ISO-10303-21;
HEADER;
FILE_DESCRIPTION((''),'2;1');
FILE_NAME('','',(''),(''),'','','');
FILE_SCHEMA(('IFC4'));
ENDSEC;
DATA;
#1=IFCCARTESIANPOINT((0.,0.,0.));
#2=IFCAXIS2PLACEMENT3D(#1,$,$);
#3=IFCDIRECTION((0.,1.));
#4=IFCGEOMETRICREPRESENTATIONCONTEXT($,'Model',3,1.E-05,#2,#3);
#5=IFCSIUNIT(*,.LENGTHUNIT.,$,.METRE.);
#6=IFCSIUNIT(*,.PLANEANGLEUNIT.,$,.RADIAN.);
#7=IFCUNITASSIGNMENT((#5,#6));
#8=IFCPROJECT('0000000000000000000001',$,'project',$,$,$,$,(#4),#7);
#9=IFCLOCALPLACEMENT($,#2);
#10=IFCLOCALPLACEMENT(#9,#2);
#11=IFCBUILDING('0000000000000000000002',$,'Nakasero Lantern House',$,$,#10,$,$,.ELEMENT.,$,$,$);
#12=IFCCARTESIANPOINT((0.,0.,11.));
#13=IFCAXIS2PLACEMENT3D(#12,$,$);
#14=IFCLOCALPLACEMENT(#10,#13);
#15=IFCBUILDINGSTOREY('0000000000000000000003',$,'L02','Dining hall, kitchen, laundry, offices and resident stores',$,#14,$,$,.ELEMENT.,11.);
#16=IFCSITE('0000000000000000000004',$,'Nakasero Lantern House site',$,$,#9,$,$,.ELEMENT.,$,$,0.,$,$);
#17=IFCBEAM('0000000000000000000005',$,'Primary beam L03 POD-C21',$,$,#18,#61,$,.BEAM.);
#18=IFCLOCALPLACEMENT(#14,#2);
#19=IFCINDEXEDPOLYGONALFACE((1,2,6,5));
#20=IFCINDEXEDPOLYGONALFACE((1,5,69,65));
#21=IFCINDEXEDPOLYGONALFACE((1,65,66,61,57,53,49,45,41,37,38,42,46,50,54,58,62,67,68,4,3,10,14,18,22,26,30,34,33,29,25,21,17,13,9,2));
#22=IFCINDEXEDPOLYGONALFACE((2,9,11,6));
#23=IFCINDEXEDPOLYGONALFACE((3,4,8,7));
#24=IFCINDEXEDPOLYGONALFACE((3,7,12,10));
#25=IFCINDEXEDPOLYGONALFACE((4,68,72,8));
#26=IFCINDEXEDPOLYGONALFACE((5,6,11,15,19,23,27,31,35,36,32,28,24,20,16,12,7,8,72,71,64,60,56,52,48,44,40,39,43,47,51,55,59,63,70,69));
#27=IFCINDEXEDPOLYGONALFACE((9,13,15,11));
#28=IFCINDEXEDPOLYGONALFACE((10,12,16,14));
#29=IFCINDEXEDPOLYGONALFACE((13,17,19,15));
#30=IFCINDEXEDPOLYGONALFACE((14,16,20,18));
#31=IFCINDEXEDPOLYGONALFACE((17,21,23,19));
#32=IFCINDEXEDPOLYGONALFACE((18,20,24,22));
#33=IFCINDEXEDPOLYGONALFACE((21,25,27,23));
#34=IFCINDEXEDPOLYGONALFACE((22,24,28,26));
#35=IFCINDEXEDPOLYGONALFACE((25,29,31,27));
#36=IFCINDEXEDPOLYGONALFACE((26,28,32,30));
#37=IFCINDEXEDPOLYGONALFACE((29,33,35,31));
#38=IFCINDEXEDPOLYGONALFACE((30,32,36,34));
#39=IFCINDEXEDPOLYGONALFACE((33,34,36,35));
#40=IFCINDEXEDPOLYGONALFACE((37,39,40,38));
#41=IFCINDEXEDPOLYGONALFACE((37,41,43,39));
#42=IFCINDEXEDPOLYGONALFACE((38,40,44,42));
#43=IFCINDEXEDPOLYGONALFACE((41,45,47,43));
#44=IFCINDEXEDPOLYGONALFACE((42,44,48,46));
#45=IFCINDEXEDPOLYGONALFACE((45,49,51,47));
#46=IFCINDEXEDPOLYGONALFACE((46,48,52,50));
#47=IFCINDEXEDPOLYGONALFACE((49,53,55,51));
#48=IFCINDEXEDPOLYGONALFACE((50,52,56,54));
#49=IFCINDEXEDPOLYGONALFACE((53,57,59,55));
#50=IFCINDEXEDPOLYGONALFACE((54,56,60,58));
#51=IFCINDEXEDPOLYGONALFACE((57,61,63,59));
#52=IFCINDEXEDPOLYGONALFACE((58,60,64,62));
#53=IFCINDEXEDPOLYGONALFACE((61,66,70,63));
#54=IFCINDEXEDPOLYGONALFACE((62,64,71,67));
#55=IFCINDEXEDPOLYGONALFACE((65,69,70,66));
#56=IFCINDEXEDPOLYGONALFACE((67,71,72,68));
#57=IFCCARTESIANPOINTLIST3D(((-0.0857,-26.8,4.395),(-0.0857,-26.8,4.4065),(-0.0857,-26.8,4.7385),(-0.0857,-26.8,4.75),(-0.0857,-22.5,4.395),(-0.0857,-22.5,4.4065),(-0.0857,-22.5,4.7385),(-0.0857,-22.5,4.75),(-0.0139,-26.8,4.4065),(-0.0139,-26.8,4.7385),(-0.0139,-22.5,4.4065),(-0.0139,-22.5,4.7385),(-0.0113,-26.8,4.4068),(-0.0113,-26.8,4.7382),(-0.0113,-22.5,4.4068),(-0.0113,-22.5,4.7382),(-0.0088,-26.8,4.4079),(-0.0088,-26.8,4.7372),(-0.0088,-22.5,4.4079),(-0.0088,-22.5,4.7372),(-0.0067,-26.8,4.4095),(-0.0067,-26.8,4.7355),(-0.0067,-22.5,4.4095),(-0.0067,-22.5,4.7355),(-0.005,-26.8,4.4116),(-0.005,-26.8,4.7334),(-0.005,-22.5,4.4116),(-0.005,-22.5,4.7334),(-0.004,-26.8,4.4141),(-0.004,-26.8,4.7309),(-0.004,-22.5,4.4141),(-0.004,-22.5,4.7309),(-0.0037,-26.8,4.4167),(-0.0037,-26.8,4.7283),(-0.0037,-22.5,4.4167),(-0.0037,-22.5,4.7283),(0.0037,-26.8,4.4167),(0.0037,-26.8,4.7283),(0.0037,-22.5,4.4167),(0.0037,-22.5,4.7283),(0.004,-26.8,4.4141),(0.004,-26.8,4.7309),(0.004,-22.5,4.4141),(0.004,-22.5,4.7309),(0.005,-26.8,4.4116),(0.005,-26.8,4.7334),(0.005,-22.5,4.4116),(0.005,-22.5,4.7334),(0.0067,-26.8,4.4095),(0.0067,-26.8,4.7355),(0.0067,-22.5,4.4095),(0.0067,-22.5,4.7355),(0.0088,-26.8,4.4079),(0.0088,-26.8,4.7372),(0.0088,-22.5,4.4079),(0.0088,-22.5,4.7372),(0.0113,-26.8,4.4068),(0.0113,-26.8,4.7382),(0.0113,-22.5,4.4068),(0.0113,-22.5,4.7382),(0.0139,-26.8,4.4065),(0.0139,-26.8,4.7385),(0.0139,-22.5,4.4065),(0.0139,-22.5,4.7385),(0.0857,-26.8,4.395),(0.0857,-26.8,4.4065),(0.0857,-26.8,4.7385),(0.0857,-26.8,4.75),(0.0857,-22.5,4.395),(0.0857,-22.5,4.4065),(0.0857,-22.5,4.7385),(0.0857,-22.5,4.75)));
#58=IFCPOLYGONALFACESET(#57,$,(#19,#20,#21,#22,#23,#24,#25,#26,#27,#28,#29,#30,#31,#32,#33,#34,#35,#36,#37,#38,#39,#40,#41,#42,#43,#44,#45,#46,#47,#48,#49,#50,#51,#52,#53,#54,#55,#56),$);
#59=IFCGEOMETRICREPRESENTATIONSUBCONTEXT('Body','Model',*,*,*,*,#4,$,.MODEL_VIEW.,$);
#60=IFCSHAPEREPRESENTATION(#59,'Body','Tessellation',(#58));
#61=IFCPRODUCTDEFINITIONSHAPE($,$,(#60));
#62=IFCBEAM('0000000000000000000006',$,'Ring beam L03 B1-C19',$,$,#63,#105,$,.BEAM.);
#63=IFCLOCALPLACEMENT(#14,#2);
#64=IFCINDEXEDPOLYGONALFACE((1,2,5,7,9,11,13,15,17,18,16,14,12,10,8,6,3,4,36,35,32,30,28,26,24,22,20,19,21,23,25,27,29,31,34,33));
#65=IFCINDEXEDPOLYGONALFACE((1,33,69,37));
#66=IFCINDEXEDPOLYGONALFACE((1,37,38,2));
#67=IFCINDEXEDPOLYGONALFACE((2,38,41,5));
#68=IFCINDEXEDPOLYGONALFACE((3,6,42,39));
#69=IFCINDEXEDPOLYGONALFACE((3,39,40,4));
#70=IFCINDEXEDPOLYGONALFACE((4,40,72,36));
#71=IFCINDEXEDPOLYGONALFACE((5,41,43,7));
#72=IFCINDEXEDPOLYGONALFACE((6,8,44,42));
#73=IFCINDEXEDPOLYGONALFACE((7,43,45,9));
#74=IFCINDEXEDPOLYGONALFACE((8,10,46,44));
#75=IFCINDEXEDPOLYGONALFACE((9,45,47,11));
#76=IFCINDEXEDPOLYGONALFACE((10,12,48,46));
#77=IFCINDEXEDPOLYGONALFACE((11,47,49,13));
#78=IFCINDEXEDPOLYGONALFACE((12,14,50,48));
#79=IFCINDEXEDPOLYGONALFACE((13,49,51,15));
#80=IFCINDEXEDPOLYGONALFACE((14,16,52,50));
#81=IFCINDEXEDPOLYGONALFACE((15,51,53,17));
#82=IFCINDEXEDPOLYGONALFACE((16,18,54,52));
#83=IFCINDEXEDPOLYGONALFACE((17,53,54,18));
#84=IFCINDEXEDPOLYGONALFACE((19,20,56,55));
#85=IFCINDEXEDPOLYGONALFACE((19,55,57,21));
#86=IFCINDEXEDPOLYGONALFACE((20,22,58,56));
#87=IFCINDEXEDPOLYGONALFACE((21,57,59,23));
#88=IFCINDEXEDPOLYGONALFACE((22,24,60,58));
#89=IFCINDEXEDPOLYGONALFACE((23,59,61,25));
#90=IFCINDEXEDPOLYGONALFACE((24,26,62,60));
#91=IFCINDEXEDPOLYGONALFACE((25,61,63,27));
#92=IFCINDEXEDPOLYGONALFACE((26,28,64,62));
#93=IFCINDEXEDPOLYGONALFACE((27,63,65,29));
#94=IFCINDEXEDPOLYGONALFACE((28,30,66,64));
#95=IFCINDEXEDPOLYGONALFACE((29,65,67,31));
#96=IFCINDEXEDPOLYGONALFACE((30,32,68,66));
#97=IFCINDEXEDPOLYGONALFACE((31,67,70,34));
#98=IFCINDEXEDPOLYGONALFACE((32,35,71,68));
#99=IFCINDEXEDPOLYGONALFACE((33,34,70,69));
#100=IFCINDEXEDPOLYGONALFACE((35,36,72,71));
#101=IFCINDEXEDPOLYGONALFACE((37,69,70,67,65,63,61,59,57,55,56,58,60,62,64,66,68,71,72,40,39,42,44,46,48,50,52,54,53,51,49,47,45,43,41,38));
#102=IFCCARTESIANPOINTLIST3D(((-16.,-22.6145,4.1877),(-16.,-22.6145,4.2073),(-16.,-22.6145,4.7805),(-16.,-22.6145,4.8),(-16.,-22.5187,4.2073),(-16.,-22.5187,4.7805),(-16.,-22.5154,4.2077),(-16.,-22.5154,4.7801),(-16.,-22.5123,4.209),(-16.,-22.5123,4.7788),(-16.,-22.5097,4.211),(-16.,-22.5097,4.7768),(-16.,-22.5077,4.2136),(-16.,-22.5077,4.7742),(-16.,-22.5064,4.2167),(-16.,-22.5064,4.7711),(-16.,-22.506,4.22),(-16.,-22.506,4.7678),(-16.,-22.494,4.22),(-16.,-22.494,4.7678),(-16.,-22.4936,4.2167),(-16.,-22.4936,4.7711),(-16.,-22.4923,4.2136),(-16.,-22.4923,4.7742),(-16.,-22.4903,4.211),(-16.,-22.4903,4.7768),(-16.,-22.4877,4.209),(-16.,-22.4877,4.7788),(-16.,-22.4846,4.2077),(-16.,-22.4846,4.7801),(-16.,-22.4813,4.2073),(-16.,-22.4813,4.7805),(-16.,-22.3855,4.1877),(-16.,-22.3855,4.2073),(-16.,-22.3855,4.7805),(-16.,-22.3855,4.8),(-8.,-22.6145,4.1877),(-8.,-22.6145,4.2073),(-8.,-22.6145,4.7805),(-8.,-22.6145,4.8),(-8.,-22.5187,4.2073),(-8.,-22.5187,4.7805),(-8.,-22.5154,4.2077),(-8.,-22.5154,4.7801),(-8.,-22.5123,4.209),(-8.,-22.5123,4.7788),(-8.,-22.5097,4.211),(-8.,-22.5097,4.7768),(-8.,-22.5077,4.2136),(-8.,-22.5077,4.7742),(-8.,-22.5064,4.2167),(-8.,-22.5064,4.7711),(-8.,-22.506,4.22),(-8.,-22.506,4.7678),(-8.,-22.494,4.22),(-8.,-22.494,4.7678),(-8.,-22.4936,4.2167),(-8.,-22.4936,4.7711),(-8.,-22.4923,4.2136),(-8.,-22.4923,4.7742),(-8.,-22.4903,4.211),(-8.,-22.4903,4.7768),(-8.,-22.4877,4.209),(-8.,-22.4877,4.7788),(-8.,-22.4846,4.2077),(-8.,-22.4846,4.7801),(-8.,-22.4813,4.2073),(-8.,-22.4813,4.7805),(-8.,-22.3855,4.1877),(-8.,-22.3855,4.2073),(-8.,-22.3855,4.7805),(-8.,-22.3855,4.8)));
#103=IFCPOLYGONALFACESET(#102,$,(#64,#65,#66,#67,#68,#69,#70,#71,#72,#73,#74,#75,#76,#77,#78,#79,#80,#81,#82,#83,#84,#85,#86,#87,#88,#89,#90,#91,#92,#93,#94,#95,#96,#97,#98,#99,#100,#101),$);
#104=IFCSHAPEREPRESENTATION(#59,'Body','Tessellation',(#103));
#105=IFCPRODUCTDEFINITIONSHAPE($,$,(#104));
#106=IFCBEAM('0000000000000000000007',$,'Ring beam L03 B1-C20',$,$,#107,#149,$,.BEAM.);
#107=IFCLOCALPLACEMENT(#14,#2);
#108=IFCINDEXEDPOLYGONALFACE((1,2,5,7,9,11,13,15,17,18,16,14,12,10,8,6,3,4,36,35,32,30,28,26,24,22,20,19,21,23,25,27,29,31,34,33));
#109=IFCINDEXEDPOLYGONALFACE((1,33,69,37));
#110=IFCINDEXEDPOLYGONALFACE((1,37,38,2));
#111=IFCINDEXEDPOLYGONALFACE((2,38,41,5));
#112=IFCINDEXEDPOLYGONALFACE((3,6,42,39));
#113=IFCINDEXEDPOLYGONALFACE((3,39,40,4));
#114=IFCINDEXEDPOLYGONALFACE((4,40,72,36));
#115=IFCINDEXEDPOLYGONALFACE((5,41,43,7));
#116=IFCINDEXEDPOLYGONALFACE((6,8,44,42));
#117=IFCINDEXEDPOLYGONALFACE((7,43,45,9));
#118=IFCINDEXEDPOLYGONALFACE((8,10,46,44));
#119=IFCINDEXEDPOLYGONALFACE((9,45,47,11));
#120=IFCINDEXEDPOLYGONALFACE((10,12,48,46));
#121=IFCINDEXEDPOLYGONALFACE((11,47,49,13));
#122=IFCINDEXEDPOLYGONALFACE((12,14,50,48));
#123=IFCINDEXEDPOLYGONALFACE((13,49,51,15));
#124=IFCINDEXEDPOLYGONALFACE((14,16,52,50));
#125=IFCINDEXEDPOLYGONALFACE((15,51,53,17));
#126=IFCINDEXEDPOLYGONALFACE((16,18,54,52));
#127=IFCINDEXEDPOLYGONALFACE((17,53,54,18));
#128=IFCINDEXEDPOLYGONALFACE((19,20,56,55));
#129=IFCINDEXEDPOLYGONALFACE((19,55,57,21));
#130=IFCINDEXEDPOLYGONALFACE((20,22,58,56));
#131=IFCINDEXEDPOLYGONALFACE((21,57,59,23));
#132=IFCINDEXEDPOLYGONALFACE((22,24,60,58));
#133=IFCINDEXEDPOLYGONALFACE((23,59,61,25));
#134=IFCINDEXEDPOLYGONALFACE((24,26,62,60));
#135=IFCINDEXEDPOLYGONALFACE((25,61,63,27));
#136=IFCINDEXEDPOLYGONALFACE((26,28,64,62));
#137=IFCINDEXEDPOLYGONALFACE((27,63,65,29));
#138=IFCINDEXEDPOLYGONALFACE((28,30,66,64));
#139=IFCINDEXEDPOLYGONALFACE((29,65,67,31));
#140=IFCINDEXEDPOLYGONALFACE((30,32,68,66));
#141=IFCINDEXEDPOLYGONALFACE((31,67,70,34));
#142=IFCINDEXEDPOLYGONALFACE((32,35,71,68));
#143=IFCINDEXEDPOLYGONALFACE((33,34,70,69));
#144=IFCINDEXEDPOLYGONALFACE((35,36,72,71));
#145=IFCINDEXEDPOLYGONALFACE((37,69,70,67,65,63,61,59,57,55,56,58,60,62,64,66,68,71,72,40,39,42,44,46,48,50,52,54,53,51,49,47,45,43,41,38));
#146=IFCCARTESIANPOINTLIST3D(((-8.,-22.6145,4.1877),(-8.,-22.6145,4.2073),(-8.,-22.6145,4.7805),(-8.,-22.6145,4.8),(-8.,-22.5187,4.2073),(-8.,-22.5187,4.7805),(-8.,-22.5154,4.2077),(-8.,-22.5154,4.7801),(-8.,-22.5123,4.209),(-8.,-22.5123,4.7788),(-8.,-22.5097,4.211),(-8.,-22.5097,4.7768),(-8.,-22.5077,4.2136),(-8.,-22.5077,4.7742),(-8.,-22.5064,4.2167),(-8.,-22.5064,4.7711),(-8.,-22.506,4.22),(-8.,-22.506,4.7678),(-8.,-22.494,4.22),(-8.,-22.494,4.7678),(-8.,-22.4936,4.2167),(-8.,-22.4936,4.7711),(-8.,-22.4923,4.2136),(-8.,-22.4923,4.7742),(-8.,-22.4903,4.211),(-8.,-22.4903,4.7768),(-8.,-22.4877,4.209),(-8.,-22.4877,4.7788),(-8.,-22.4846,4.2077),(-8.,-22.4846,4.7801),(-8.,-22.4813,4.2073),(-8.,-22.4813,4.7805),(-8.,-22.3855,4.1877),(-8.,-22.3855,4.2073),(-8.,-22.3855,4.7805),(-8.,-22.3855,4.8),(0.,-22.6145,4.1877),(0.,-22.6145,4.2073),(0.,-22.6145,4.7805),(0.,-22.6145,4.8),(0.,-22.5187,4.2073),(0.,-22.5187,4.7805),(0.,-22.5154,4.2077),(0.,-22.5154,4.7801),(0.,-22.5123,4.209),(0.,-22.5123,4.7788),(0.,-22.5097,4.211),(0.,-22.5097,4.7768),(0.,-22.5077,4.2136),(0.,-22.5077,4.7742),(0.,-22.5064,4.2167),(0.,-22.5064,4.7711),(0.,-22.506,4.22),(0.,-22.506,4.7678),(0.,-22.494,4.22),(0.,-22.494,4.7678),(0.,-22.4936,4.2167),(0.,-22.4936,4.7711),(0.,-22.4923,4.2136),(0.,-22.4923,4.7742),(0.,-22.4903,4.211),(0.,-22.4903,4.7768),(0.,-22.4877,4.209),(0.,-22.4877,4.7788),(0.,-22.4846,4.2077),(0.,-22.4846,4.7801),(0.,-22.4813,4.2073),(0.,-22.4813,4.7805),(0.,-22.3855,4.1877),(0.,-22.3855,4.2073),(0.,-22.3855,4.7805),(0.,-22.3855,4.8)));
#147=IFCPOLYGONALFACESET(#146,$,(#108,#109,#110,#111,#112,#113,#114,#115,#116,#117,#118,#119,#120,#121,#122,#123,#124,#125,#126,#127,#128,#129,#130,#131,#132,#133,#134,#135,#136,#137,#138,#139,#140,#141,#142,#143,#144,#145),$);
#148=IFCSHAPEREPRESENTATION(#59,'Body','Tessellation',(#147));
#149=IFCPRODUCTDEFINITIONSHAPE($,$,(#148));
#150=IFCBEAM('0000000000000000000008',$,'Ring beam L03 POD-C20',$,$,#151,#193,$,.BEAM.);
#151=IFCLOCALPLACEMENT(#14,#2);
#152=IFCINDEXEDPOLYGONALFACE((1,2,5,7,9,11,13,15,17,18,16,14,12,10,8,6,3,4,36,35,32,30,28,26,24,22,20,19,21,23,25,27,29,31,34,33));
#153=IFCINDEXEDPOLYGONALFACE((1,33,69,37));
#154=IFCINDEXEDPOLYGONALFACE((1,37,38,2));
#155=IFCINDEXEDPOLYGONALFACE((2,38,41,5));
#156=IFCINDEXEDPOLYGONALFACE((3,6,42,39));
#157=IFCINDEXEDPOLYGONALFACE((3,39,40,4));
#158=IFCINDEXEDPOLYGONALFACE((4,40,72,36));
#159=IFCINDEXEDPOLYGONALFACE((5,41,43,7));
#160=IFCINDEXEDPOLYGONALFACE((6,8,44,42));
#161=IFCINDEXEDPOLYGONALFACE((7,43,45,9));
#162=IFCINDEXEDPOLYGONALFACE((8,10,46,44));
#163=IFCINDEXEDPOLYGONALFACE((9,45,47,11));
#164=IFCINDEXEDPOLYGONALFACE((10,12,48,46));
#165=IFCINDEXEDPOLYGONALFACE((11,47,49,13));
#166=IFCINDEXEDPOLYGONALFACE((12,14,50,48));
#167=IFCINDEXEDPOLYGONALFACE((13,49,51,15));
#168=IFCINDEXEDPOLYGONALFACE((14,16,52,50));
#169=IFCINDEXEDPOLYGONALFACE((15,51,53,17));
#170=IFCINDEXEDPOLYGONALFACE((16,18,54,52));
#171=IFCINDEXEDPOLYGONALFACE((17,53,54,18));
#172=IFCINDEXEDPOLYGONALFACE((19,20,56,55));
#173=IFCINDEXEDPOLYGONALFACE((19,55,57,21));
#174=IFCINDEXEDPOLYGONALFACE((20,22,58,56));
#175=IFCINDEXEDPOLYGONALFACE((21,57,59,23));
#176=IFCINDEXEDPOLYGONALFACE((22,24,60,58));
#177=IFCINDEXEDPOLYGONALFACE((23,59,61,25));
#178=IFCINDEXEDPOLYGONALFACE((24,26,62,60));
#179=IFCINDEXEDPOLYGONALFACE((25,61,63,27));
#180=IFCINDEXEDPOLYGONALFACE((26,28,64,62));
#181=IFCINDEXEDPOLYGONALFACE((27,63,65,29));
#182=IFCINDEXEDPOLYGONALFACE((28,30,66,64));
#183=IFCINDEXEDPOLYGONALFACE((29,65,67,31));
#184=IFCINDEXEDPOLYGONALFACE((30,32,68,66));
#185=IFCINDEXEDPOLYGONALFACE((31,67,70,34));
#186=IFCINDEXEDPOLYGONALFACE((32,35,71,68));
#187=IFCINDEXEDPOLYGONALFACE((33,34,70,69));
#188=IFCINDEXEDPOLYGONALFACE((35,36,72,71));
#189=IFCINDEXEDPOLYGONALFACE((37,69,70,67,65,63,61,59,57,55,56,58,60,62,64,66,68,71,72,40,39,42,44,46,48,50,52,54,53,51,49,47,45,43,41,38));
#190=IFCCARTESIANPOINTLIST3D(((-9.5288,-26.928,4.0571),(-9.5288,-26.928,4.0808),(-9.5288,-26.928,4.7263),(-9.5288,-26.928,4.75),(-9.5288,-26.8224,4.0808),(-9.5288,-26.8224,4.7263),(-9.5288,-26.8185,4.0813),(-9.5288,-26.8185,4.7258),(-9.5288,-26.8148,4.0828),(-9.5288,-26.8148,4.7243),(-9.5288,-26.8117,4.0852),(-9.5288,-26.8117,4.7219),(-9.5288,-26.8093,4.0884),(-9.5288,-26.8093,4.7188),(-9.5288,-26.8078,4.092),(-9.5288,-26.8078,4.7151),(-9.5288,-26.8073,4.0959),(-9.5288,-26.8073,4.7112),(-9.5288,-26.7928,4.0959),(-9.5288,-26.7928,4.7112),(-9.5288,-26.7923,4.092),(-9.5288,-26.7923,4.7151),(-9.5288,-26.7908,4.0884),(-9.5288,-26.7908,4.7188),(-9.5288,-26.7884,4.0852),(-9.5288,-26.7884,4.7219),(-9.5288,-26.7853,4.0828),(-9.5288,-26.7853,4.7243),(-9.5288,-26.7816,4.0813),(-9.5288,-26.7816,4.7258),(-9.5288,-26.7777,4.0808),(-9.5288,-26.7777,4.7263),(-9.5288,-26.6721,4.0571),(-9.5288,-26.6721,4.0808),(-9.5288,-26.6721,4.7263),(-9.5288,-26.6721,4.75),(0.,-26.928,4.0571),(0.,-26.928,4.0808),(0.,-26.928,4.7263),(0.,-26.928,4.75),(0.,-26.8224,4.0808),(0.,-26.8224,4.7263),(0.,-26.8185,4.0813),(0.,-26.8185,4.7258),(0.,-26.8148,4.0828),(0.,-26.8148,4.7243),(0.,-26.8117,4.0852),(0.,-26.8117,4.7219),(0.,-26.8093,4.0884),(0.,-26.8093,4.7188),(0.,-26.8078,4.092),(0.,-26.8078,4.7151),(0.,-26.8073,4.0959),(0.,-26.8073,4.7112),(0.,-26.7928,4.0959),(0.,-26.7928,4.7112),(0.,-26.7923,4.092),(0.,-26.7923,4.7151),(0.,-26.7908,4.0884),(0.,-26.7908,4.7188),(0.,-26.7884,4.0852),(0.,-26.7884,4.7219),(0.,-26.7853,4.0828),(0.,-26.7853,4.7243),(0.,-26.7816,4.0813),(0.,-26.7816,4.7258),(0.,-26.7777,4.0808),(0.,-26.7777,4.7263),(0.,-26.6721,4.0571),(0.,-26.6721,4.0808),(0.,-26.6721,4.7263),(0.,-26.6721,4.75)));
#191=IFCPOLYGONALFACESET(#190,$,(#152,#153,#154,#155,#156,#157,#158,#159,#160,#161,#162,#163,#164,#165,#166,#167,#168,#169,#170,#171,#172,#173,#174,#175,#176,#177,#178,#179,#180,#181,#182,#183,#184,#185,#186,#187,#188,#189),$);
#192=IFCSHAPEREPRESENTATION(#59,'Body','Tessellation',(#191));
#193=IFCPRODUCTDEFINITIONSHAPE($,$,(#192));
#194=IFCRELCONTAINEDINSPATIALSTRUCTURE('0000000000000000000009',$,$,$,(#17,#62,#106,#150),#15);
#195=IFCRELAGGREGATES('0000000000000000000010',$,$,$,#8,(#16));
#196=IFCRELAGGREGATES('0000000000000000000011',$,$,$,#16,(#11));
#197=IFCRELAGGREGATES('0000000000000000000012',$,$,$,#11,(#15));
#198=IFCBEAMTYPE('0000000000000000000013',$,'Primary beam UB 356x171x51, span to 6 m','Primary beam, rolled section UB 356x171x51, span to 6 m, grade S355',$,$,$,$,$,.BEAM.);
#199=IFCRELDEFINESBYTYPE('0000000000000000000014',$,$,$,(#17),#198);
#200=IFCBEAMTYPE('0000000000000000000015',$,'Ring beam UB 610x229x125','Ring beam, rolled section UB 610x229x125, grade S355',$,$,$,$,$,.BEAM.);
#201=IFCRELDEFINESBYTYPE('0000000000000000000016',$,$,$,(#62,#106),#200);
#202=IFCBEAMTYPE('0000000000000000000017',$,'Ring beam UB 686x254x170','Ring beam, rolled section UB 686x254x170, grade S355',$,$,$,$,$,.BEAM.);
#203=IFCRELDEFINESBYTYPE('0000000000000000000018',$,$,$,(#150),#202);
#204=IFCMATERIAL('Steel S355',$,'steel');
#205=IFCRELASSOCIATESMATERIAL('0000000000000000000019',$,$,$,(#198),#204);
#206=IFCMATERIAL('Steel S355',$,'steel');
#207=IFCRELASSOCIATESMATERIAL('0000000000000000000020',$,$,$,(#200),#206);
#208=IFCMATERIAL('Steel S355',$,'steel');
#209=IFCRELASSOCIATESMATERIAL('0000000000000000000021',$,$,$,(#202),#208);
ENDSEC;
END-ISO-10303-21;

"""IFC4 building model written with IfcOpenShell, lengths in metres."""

from ifc_helpers import new_model, si_unit, direction, frame, origin, origin_2d, place, context, subcontext, project, spatial, i_section, extrude, material, material_profile, profile_set, type_object, element, save


model = new_model("IFC4")

# Units and contexts
model_context = context("Model", 3, precision=1e-05, world=origin(), true_north=direction((0.0, 1.0)))
body_context = subcontext(model_context, "Body", "Model", "MODEL_VIEW")
ifc_project = project(units=[si_unit("LENGTHUNIT", "METRE"), si_unit("PLANEANGLEUNIT", "RADIAN")], contexts=[model_context])

# Site, building, storey
site_placement = place(None, origin())
site = spatial("IfcSite", under=ifc_project, at=site_placement, Name="Nakasero Lantern House site", CompositionType="ELEMENT", RefElevation=0.0)
building_placement = place(site_placement, origin())
building = spatial("IfcBuilding", under=site, at=building_placement, Name="Nakasero Lantern House", CompositionType="ELEMENT")
storey_placement = place(building_placement, frame((0.0, 0.0, 11.0)))
storey = spatial("IfcBuildingStorey", under=building, at=storey_placement, Name="L02", Description="Dining hall, kitchen, laundry, offices and resident stores", CompositionType="ELEMENT", Elevation=11.0)

# Beams
ifc_material_1 = material(Name="Steel S355", Category="steel")
ifc_material_profile_1 = material_profile(ifc_material_1, i_section(OverallWidth=0.1714, OverallDepth=0.355, WebThickness=0.0073, FlangeThickness=0.0115, FilletRadius=0.0103, at=origin_2d()), Name="UB 356x171x51")
ifc_profile_set_1 = profile_set([ifc_material_profile_1], Name="Steel S355")
beam_type_1 = type_object("IfcBeamType", Name="Primary beam UB 356x171x51, span to 6 m", Description="Primary beam, rolled section UB 356x171x51, span to 6 m, grade S355", PredefinedType="BEAM", material=ifc_profile_set_1)
beam_1_placement = place(storey_placement, frame((0.0, -26.8, 4.5725), z_axis=(0.0, 1.0, 0.0), x_axis=(-1.0, 0.0, 0.0)))
element("IfcBeam", 1, at=beam_1_placement, inside=storey, type_object=beam_type_1, Name="Primary beam L03 POD-C21", PredefinedType="BEAM", context=body_context, shape_type="SweptSolid", body=[
    extrude(i_section(OverallWidth=0.1714, OverallDepth=0.355, WebThickness=0.0073, FlangeThickness=0.0115, FilletRadius=0.0103, at=origin_2d()), origin(), (0.0, 0.0, 1.0), 4.3),
])
ifc_material_2 = material(Name="Steel S355", Category="steel")
ifc_material_profile_2 = material_profile(ifc_material_2, i_section(OverallWidth=0.229, OverallDepth=0.6123, WebThickness=0.012, FlangeThickness=0.0195, FilletRadius=0.0127, at=origin_2d()), Name="UB 610x229x125")
ifc_profile_set_2 = profile_set([ifc_material_profile_2], Name="Steel S355")
beam_type_2 = type_object("IfcBeamType", Name="Ring beam UB 610x229x125", Description="Ring beam, rolled section UB 610x229x125, grade S355", PredefinedType="BEAM", material=ifc_profile_set_2)
for number, where, z_axis, x_axis, name in (
    (2, (-16.0, -22.5, 4.4939), (1.0, 0.0, 0.0), (0.0, 1.0, 0.0), "Ring beam L03 B1-C19"),
    (3, (-8.0, -22.5, 4.4939), (1.0, 0.0, 0.0), (0.0, 1.0, 0.0), "Ring beam L03 B1-C20"),
):
    element("IfcBeam", number, at=place(storey_placement, frame(where, z_axis=z_axis, x_axis=x_axis)), inside=storey, type_object=beam_type_2, Name=name, PredefinedType="BEAM", context=body_context, shape_type="SweptSolid", body=[
        extrude(i_section(OverallWidth=0.229, OverallDepth=0.6123, WebThickness=0.012, FlangeThickness=0.0195, FilletRadius=0.0127, at=origin_2d()), origin(), (0.0, 0.0, 1.0), 8.0),
    ])
ifc_material_3 = material(Name="Steel S355", Category="steel")
ifc_material_profile_3 = material_profile(ifc_material_3, i_section(OverallWidth=0.2559, OverallDepth=0.6929, WebThickness=0.0144, FlangeThickness=0.0237, FilletRadius=0.0151, at=origin_2d()), Name="UB 686x254x170")
ifc_profile_set_3 = profile_set([ifc_material_profile_3], Name="Steel S355")
beam_type_3 = type_object("IfcBeamType", Name="Ring beam UB 686x254x170", Description="Ring beam, rolled section UB 686x254x170, grade S355", PredefinedType="BEAM", material=ifc_profile_set_3)
beam_2_placement = place(storey_placement, frame((-9.5288, -26.8, 4.4036), z_axis=(1.0, 0.0, 0.0), x_axis=(0.0, 1.0, 0.0)))
element("IfcBeam", 4, at=beam_2_placement, inside=storey, type_object=beam_type_3, Name="Ring beam L03 POD-C20", PredefinedType="BEAM", context=body_context, shape_type="SweptSolid", body=[
    extrude(i_section(OverallWidth=0.2559, OverallDepth=0.6929, WebThickness=0.0144, FlangeThickness=0.0237, FilletRadius=0.0151, at=origin_2d()), origin(), (0.0, 0.0, 1.0), 9.5288),
])

save(model, "model.ifc")
